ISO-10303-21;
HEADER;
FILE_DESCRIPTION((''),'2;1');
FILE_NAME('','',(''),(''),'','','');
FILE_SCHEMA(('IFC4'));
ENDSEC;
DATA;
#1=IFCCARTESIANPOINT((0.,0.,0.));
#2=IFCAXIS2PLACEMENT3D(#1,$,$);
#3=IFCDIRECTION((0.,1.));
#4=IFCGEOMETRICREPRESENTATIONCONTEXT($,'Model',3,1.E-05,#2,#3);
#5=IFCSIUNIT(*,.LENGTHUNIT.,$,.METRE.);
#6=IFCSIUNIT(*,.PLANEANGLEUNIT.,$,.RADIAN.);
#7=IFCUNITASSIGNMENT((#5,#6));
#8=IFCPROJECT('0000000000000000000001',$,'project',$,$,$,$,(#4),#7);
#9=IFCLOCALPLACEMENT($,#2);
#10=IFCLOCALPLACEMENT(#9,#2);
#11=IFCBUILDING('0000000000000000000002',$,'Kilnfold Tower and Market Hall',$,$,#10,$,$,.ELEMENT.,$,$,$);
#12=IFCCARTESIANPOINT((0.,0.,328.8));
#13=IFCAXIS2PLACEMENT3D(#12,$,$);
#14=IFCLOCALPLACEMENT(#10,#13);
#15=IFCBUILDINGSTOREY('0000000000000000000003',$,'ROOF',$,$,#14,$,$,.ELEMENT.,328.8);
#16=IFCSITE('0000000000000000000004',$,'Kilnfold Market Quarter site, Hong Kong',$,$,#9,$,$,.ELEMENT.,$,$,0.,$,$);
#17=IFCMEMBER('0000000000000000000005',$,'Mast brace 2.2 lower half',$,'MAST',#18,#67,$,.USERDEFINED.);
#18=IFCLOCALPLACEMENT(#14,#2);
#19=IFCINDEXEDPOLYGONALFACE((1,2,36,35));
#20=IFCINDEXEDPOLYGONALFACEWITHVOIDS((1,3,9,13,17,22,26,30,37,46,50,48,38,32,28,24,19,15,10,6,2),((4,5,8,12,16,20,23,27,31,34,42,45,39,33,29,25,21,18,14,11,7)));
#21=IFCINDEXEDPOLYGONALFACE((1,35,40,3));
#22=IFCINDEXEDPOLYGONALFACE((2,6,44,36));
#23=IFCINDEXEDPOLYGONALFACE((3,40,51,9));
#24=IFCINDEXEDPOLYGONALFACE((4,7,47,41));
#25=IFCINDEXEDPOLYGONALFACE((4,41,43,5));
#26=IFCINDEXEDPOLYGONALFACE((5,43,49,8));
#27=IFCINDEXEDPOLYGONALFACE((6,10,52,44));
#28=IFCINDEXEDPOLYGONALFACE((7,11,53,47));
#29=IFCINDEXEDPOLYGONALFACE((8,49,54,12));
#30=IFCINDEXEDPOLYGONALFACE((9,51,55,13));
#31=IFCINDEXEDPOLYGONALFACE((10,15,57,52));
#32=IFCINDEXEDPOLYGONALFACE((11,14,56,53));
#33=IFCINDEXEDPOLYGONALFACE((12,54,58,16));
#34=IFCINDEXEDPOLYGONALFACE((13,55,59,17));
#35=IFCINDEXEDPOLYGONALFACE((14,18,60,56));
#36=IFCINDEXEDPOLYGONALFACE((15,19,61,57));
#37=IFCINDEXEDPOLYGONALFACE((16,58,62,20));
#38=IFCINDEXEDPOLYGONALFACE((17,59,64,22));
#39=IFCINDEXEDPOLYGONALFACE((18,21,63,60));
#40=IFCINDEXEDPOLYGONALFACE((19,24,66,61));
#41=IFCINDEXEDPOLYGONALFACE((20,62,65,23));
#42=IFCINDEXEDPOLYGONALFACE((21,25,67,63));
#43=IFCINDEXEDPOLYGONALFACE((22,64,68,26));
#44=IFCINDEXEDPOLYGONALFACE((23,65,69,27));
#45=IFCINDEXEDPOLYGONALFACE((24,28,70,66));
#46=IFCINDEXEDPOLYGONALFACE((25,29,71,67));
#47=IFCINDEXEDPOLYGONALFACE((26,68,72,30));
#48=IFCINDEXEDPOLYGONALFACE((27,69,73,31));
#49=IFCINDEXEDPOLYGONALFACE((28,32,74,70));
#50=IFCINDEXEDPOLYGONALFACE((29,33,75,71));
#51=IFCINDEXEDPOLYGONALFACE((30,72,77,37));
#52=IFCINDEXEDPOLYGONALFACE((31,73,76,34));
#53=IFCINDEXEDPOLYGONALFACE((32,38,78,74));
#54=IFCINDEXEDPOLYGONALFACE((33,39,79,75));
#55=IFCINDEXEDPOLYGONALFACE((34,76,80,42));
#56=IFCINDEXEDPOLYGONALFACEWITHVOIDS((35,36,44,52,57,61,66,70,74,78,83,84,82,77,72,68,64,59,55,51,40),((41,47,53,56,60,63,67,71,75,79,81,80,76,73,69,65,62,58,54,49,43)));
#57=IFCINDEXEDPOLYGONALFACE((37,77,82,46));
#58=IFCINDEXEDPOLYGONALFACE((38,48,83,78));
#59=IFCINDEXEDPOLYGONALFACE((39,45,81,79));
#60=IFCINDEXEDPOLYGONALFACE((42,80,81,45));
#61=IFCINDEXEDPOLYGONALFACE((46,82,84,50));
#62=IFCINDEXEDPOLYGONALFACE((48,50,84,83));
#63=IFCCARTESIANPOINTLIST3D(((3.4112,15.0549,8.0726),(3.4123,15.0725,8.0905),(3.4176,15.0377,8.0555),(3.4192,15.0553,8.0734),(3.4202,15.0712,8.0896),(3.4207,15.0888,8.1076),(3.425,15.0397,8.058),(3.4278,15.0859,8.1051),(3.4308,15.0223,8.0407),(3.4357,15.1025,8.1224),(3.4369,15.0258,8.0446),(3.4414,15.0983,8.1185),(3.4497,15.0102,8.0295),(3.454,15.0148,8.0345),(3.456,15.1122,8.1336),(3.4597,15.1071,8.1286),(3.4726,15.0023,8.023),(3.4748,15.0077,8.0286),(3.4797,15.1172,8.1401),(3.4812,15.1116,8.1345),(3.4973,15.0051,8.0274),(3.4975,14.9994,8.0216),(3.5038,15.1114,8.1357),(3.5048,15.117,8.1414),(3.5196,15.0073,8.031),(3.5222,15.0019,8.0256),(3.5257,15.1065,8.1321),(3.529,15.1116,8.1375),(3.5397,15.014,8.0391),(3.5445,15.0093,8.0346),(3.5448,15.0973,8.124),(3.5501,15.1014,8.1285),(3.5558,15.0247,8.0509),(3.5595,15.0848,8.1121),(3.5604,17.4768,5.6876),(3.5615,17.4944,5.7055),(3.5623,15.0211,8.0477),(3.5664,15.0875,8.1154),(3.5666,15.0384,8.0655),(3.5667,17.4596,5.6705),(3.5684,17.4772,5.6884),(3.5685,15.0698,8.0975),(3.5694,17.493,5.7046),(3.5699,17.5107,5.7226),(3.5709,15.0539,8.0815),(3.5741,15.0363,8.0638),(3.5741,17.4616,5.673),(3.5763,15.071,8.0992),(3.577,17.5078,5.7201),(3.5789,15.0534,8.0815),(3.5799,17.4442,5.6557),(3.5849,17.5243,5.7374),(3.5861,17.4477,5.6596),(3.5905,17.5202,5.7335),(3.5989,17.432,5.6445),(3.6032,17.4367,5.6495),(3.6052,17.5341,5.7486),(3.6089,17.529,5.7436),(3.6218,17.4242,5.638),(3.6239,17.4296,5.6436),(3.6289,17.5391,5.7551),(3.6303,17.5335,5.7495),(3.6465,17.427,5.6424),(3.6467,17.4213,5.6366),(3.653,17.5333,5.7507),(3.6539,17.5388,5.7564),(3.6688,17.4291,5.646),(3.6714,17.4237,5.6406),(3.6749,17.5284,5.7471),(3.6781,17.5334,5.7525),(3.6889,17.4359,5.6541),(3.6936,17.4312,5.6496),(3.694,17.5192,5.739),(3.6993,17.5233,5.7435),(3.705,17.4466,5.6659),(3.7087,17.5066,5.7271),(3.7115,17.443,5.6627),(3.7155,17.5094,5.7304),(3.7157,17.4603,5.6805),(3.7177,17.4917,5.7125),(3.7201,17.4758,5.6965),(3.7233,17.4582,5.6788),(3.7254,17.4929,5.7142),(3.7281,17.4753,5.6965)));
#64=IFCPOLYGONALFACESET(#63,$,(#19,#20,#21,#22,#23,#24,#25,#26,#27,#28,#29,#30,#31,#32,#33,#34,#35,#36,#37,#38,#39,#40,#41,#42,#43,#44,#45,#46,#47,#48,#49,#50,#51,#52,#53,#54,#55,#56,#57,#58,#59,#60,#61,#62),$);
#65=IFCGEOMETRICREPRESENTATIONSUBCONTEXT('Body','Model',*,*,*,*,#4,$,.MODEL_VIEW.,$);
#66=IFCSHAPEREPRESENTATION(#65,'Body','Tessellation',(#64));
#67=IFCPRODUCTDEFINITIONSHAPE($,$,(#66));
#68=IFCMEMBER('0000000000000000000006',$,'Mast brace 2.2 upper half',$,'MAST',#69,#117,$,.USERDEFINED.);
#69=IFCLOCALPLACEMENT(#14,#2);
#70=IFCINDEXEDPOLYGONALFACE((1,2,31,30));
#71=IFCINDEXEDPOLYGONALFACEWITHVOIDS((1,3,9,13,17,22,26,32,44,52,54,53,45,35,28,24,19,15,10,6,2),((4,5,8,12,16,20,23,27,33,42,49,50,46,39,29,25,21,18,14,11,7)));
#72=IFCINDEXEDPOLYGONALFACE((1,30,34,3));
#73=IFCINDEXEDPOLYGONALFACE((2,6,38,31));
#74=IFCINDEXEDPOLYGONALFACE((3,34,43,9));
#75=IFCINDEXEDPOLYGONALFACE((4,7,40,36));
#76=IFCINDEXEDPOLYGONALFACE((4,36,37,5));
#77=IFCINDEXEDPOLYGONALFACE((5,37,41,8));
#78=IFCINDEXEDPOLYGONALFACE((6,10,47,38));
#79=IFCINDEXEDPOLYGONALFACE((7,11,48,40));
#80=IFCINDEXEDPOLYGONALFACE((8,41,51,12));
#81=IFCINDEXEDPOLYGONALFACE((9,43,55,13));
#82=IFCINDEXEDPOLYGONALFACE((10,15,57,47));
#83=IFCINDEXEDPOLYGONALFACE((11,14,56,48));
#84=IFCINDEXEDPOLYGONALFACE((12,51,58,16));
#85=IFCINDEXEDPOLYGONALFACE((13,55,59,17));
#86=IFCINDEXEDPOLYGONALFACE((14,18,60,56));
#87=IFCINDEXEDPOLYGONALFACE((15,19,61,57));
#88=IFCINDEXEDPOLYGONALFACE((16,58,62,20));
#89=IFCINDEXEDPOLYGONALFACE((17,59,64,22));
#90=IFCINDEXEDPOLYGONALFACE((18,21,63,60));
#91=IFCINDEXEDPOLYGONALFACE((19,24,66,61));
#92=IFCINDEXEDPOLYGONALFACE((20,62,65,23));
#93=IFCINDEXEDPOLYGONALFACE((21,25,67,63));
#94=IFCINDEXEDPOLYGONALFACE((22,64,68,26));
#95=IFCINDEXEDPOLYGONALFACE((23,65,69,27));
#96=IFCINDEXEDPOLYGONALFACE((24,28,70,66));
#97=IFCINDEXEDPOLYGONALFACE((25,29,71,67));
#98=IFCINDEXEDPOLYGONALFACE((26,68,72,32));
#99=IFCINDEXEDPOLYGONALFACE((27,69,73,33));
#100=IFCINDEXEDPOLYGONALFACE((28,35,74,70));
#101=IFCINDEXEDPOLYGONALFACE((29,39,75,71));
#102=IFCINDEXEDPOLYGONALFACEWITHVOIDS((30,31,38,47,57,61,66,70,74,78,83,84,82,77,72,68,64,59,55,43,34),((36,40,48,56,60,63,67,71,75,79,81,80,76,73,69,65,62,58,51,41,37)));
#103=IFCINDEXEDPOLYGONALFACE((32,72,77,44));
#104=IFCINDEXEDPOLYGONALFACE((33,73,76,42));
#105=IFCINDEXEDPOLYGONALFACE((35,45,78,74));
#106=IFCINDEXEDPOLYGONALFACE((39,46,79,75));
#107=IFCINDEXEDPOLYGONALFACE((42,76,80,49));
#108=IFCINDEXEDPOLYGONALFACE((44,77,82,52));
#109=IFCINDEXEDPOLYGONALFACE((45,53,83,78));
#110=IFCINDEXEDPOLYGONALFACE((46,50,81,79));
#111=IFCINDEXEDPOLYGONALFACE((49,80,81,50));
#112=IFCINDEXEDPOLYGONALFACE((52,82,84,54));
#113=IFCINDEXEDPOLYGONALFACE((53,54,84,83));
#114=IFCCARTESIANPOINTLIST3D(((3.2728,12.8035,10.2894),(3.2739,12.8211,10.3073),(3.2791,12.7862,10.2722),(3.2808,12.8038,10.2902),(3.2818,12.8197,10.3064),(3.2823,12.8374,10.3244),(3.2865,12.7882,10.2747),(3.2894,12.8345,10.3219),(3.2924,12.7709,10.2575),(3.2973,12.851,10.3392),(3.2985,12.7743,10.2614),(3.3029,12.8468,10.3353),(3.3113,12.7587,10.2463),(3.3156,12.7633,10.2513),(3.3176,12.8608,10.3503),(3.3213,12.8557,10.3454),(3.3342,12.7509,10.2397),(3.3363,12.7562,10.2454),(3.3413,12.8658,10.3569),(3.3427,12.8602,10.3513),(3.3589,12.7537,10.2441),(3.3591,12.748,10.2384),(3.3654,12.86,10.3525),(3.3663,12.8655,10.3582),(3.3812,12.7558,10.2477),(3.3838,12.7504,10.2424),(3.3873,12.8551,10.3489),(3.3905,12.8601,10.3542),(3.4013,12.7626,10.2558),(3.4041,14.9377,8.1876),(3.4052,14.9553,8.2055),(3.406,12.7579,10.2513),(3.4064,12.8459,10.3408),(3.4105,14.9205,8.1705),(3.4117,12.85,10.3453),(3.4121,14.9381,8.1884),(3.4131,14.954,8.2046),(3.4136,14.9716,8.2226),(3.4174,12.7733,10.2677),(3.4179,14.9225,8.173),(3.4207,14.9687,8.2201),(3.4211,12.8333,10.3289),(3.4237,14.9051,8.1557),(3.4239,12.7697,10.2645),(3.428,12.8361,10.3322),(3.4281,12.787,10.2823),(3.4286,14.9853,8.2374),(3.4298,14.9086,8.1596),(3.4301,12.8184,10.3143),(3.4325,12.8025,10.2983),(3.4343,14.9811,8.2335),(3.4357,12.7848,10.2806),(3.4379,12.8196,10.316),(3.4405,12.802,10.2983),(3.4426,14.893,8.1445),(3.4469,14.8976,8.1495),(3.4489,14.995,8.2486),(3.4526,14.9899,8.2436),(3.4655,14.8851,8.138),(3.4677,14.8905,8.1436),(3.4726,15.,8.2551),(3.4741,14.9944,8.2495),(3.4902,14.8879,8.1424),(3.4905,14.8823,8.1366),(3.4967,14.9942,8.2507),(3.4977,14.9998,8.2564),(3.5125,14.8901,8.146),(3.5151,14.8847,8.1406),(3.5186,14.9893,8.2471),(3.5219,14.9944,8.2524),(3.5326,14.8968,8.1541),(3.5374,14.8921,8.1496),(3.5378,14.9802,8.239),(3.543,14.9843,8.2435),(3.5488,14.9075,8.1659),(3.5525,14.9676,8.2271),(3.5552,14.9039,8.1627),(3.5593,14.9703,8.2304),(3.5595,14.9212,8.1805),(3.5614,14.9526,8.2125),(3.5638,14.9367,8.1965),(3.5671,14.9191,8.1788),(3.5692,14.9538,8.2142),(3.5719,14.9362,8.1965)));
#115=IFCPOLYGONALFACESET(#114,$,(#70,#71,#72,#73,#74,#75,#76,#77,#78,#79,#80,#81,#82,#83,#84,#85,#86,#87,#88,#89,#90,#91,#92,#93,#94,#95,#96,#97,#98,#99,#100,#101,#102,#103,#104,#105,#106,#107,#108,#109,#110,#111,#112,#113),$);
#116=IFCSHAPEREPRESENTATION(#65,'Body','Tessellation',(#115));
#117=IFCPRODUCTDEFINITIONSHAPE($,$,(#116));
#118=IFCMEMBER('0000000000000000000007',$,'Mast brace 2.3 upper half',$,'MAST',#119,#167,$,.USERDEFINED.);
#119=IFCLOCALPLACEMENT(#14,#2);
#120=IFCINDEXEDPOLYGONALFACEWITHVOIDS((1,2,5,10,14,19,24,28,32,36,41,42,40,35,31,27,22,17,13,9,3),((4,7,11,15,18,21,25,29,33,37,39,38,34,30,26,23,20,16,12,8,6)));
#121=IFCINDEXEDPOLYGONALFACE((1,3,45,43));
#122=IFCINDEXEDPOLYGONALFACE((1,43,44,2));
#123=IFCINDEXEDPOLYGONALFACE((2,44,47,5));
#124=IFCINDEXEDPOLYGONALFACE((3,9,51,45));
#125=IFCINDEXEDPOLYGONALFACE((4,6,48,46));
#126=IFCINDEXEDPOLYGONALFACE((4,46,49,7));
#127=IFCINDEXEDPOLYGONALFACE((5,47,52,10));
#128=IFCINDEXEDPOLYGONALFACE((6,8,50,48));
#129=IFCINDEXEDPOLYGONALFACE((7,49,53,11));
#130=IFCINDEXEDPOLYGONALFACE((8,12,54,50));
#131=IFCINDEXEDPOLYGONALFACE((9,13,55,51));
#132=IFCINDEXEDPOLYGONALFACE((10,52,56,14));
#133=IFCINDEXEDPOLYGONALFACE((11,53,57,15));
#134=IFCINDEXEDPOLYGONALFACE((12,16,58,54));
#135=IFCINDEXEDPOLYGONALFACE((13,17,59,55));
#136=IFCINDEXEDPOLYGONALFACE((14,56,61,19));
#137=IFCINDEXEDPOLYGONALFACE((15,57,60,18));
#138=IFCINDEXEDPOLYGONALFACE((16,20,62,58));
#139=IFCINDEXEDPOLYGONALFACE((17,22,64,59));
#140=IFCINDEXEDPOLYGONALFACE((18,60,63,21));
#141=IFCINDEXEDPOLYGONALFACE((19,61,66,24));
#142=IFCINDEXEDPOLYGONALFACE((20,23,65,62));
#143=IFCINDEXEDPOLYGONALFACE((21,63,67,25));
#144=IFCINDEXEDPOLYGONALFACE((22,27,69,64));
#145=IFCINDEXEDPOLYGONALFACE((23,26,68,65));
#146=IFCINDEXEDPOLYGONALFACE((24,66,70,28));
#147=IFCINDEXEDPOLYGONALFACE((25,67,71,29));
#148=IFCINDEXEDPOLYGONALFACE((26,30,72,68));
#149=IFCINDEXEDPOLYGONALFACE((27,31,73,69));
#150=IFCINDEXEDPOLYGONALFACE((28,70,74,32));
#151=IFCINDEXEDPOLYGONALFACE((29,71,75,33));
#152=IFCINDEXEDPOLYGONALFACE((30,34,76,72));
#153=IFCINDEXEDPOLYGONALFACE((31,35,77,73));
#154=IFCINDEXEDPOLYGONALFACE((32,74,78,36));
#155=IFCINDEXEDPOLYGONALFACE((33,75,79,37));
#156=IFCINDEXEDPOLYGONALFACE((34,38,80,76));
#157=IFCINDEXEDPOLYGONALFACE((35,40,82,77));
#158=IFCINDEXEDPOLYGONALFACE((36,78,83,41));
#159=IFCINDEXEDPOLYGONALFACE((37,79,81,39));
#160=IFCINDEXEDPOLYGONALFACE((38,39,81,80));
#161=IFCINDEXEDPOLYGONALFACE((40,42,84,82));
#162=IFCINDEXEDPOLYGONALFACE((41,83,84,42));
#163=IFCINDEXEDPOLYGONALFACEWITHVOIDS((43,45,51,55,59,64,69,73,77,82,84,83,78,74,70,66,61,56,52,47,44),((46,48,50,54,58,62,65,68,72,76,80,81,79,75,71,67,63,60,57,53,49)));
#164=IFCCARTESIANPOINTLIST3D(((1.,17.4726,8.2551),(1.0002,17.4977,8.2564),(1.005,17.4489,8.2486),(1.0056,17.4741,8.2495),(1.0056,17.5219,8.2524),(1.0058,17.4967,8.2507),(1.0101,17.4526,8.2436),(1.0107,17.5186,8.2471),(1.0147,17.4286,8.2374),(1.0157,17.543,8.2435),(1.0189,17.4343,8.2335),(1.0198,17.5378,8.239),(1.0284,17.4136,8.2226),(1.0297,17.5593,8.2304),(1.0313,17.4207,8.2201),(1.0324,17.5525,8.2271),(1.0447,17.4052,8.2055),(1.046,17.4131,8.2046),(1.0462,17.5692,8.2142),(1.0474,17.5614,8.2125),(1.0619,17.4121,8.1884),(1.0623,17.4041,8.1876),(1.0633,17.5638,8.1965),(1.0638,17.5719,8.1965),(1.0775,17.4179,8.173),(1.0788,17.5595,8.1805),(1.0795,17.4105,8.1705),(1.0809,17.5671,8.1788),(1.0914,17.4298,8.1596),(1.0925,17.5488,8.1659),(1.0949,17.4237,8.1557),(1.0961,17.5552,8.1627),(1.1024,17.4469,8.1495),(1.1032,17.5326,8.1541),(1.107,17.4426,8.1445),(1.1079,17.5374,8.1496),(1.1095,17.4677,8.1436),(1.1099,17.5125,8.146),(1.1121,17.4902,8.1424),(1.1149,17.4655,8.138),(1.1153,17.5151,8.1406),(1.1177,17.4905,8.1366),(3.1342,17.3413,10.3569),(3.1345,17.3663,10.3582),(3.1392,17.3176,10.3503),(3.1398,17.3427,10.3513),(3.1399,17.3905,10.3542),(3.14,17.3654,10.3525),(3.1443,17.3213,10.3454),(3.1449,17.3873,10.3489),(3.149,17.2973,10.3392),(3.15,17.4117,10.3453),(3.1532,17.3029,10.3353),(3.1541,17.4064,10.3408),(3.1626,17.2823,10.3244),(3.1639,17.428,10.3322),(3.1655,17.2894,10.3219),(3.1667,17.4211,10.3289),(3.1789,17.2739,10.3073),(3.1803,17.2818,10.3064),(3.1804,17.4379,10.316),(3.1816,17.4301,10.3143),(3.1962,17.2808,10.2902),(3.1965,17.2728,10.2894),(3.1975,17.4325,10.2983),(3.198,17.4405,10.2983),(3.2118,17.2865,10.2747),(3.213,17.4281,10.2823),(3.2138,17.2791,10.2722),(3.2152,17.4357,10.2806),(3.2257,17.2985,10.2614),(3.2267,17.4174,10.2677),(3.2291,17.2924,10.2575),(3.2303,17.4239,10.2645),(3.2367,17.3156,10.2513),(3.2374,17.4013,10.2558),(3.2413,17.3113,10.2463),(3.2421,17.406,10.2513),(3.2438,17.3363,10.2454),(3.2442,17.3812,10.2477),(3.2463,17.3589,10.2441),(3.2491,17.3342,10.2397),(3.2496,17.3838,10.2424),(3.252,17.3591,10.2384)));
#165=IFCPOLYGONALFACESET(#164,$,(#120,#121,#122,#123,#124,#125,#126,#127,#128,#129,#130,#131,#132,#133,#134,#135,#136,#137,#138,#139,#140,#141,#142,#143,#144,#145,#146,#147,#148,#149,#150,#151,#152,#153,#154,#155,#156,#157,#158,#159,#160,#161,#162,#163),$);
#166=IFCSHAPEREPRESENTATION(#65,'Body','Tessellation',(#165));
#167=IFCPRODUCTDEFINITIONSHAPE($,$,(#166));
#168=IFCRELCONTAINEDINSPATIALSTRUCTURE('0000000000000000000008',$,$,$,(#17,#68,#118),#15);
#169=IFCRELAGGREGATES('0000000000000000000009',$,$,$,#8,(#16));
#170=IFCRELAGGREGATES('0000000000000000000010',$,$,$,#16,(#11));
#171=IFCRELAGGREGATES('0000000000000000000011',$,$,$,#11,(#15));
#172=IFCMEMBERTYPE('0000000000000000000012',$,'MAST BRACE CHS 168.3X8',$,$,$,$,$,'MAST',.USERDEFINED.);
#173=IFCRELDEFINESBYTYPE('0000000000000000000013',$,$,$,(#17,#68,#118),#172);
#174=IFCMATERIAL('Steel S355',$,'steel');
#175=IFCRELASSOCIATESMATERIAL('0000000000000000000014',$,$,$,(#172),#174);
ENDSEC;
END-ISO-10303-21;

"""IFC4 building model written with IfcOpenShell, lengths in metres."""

from ifc_helpers import new_model, si_unit, direction, frame, origin, origin_2d, place, context, subcontext, project, spatial, hollow_circle, extrude, source, transform, mapped, material, material_profile, profile_set, type_object, element, save


model = new_model("IFC4")

# Units and contexts
model_context = context("Model", 3, precision=1e-05, world=origin(), true_north=direction((0.0, 1.0)))
body_context = subcontext(model_context, "Body", "Model", "MODEL_VIEW")
ifc_project = project(units=[si_unit("LENGTHUNIT", "METRE"), si_unit("PLANEANGLEUNIT", "RADIAN")], contexts=[model_context])

# Site, building, storey
site_placement = place(None, origin())
site = spatial("IfcSite", under=ifc_project, at=site_placement, Name="Kilnfold Market Quarter site, Hong Kong", CompositionType="ELEMENT", RefElevation=0.0)
building_placement = place(site_placement, origin())
building = spatial("IfcBuilding", under=site, at=building_placement, Name="Kilnfold Tower and Market Hall", CompositionType="ELEMENT")
storey_placement = place(building_placement, frame((0.0, 0.0, 328.8)))
storey = spatial("IfcBuildingStorey", under=building, at=storey_placement, Name="ROOF", CompositionType="ELEMENT", Elevation=328.8)

# Members
ifc_material_1 = material(Name="Steel S355", Category="steel")
ifc_material_profile_1 = material_profile(ifc_material_1, hollow_circle(Radius=0.0842, WallThickness=0.0081, at=origin_2d()), Name="CHS 168.3x8")
ifc_profile_set_1 = profile_set([ifc_material_profile_1], Name="Steel S355")
member_type_1 = type_object("IfcMemberType", Name="MAST BRACE CHS 168.3X8", ElementType="MAST", PredefinedType="USERDEFINED", material=ifc_profile_set_1)
shared_shape_1 = source(origin(), body_context, "Body", "SweptSolid", [
    extrude(hollow_circle(Radius=0.0842, WallThickness=0.0081, at=origin_2d()), origin(), (0.0, 0.0, 1.0), 3.4023),
])
member_1_placement = place(storey_placement, frame((3.644, 17.4805, 5.6965), z_axis=(-0.043843, -0.711824, 0.700988), x_axis=(0.998109, -0.061476, 0.0)))
element("IfcMember", 1, at=member_1_placement, inside=storey, type_object=member_type_1, Name="Mast brace 2.2 lower half", ObjectType="MAST", PredefinedType="USERDEFINED", context=body_context, shape_type="MappedRepresentation", body=[
    mapped(shared_shape_1, transform((0.0, 0.0, 0.0))),
])
shared_shape_2 = source(origin(), body_context, "Body", "SweptSolid", [
    extrude(hollow_circle(Radius=0.0842, WallThickness=0.0081, at=origin_2d()), origin(), (0.0, 0.0, 1.0), 2.9983),
])
for number, where, z_axis, x_axis, name in (
    (2, (3.4878, 14.9414, 8.1965), (-0.043807, -0.711822, 0.700992), (0.998112, -0.061426, 0.0), "Mast brace 2.2 upper half"),
    (3, (1.0586, 17.4878, 8.1965), (0.711822, -0.043807, 0.700992), (0.061426, 0.998112, 0.0), "Mast brace 2.3 upper half"),
):
    element("IfcMember", number, at=place(storey_placement, frame(where, z_axis=z_axis, x_axis=x_axis)), inside=storey, type_object=member_type_1, Name=name, ObjectType="MAST", PredefinedType="USERDEFINED", context=body_context, shape_type="MappedRepresentation", body=[
        mapped(shared_shape_2, transform((0.0, 0.0, 0.0))),
    ])

save(model, "model.ifc")
